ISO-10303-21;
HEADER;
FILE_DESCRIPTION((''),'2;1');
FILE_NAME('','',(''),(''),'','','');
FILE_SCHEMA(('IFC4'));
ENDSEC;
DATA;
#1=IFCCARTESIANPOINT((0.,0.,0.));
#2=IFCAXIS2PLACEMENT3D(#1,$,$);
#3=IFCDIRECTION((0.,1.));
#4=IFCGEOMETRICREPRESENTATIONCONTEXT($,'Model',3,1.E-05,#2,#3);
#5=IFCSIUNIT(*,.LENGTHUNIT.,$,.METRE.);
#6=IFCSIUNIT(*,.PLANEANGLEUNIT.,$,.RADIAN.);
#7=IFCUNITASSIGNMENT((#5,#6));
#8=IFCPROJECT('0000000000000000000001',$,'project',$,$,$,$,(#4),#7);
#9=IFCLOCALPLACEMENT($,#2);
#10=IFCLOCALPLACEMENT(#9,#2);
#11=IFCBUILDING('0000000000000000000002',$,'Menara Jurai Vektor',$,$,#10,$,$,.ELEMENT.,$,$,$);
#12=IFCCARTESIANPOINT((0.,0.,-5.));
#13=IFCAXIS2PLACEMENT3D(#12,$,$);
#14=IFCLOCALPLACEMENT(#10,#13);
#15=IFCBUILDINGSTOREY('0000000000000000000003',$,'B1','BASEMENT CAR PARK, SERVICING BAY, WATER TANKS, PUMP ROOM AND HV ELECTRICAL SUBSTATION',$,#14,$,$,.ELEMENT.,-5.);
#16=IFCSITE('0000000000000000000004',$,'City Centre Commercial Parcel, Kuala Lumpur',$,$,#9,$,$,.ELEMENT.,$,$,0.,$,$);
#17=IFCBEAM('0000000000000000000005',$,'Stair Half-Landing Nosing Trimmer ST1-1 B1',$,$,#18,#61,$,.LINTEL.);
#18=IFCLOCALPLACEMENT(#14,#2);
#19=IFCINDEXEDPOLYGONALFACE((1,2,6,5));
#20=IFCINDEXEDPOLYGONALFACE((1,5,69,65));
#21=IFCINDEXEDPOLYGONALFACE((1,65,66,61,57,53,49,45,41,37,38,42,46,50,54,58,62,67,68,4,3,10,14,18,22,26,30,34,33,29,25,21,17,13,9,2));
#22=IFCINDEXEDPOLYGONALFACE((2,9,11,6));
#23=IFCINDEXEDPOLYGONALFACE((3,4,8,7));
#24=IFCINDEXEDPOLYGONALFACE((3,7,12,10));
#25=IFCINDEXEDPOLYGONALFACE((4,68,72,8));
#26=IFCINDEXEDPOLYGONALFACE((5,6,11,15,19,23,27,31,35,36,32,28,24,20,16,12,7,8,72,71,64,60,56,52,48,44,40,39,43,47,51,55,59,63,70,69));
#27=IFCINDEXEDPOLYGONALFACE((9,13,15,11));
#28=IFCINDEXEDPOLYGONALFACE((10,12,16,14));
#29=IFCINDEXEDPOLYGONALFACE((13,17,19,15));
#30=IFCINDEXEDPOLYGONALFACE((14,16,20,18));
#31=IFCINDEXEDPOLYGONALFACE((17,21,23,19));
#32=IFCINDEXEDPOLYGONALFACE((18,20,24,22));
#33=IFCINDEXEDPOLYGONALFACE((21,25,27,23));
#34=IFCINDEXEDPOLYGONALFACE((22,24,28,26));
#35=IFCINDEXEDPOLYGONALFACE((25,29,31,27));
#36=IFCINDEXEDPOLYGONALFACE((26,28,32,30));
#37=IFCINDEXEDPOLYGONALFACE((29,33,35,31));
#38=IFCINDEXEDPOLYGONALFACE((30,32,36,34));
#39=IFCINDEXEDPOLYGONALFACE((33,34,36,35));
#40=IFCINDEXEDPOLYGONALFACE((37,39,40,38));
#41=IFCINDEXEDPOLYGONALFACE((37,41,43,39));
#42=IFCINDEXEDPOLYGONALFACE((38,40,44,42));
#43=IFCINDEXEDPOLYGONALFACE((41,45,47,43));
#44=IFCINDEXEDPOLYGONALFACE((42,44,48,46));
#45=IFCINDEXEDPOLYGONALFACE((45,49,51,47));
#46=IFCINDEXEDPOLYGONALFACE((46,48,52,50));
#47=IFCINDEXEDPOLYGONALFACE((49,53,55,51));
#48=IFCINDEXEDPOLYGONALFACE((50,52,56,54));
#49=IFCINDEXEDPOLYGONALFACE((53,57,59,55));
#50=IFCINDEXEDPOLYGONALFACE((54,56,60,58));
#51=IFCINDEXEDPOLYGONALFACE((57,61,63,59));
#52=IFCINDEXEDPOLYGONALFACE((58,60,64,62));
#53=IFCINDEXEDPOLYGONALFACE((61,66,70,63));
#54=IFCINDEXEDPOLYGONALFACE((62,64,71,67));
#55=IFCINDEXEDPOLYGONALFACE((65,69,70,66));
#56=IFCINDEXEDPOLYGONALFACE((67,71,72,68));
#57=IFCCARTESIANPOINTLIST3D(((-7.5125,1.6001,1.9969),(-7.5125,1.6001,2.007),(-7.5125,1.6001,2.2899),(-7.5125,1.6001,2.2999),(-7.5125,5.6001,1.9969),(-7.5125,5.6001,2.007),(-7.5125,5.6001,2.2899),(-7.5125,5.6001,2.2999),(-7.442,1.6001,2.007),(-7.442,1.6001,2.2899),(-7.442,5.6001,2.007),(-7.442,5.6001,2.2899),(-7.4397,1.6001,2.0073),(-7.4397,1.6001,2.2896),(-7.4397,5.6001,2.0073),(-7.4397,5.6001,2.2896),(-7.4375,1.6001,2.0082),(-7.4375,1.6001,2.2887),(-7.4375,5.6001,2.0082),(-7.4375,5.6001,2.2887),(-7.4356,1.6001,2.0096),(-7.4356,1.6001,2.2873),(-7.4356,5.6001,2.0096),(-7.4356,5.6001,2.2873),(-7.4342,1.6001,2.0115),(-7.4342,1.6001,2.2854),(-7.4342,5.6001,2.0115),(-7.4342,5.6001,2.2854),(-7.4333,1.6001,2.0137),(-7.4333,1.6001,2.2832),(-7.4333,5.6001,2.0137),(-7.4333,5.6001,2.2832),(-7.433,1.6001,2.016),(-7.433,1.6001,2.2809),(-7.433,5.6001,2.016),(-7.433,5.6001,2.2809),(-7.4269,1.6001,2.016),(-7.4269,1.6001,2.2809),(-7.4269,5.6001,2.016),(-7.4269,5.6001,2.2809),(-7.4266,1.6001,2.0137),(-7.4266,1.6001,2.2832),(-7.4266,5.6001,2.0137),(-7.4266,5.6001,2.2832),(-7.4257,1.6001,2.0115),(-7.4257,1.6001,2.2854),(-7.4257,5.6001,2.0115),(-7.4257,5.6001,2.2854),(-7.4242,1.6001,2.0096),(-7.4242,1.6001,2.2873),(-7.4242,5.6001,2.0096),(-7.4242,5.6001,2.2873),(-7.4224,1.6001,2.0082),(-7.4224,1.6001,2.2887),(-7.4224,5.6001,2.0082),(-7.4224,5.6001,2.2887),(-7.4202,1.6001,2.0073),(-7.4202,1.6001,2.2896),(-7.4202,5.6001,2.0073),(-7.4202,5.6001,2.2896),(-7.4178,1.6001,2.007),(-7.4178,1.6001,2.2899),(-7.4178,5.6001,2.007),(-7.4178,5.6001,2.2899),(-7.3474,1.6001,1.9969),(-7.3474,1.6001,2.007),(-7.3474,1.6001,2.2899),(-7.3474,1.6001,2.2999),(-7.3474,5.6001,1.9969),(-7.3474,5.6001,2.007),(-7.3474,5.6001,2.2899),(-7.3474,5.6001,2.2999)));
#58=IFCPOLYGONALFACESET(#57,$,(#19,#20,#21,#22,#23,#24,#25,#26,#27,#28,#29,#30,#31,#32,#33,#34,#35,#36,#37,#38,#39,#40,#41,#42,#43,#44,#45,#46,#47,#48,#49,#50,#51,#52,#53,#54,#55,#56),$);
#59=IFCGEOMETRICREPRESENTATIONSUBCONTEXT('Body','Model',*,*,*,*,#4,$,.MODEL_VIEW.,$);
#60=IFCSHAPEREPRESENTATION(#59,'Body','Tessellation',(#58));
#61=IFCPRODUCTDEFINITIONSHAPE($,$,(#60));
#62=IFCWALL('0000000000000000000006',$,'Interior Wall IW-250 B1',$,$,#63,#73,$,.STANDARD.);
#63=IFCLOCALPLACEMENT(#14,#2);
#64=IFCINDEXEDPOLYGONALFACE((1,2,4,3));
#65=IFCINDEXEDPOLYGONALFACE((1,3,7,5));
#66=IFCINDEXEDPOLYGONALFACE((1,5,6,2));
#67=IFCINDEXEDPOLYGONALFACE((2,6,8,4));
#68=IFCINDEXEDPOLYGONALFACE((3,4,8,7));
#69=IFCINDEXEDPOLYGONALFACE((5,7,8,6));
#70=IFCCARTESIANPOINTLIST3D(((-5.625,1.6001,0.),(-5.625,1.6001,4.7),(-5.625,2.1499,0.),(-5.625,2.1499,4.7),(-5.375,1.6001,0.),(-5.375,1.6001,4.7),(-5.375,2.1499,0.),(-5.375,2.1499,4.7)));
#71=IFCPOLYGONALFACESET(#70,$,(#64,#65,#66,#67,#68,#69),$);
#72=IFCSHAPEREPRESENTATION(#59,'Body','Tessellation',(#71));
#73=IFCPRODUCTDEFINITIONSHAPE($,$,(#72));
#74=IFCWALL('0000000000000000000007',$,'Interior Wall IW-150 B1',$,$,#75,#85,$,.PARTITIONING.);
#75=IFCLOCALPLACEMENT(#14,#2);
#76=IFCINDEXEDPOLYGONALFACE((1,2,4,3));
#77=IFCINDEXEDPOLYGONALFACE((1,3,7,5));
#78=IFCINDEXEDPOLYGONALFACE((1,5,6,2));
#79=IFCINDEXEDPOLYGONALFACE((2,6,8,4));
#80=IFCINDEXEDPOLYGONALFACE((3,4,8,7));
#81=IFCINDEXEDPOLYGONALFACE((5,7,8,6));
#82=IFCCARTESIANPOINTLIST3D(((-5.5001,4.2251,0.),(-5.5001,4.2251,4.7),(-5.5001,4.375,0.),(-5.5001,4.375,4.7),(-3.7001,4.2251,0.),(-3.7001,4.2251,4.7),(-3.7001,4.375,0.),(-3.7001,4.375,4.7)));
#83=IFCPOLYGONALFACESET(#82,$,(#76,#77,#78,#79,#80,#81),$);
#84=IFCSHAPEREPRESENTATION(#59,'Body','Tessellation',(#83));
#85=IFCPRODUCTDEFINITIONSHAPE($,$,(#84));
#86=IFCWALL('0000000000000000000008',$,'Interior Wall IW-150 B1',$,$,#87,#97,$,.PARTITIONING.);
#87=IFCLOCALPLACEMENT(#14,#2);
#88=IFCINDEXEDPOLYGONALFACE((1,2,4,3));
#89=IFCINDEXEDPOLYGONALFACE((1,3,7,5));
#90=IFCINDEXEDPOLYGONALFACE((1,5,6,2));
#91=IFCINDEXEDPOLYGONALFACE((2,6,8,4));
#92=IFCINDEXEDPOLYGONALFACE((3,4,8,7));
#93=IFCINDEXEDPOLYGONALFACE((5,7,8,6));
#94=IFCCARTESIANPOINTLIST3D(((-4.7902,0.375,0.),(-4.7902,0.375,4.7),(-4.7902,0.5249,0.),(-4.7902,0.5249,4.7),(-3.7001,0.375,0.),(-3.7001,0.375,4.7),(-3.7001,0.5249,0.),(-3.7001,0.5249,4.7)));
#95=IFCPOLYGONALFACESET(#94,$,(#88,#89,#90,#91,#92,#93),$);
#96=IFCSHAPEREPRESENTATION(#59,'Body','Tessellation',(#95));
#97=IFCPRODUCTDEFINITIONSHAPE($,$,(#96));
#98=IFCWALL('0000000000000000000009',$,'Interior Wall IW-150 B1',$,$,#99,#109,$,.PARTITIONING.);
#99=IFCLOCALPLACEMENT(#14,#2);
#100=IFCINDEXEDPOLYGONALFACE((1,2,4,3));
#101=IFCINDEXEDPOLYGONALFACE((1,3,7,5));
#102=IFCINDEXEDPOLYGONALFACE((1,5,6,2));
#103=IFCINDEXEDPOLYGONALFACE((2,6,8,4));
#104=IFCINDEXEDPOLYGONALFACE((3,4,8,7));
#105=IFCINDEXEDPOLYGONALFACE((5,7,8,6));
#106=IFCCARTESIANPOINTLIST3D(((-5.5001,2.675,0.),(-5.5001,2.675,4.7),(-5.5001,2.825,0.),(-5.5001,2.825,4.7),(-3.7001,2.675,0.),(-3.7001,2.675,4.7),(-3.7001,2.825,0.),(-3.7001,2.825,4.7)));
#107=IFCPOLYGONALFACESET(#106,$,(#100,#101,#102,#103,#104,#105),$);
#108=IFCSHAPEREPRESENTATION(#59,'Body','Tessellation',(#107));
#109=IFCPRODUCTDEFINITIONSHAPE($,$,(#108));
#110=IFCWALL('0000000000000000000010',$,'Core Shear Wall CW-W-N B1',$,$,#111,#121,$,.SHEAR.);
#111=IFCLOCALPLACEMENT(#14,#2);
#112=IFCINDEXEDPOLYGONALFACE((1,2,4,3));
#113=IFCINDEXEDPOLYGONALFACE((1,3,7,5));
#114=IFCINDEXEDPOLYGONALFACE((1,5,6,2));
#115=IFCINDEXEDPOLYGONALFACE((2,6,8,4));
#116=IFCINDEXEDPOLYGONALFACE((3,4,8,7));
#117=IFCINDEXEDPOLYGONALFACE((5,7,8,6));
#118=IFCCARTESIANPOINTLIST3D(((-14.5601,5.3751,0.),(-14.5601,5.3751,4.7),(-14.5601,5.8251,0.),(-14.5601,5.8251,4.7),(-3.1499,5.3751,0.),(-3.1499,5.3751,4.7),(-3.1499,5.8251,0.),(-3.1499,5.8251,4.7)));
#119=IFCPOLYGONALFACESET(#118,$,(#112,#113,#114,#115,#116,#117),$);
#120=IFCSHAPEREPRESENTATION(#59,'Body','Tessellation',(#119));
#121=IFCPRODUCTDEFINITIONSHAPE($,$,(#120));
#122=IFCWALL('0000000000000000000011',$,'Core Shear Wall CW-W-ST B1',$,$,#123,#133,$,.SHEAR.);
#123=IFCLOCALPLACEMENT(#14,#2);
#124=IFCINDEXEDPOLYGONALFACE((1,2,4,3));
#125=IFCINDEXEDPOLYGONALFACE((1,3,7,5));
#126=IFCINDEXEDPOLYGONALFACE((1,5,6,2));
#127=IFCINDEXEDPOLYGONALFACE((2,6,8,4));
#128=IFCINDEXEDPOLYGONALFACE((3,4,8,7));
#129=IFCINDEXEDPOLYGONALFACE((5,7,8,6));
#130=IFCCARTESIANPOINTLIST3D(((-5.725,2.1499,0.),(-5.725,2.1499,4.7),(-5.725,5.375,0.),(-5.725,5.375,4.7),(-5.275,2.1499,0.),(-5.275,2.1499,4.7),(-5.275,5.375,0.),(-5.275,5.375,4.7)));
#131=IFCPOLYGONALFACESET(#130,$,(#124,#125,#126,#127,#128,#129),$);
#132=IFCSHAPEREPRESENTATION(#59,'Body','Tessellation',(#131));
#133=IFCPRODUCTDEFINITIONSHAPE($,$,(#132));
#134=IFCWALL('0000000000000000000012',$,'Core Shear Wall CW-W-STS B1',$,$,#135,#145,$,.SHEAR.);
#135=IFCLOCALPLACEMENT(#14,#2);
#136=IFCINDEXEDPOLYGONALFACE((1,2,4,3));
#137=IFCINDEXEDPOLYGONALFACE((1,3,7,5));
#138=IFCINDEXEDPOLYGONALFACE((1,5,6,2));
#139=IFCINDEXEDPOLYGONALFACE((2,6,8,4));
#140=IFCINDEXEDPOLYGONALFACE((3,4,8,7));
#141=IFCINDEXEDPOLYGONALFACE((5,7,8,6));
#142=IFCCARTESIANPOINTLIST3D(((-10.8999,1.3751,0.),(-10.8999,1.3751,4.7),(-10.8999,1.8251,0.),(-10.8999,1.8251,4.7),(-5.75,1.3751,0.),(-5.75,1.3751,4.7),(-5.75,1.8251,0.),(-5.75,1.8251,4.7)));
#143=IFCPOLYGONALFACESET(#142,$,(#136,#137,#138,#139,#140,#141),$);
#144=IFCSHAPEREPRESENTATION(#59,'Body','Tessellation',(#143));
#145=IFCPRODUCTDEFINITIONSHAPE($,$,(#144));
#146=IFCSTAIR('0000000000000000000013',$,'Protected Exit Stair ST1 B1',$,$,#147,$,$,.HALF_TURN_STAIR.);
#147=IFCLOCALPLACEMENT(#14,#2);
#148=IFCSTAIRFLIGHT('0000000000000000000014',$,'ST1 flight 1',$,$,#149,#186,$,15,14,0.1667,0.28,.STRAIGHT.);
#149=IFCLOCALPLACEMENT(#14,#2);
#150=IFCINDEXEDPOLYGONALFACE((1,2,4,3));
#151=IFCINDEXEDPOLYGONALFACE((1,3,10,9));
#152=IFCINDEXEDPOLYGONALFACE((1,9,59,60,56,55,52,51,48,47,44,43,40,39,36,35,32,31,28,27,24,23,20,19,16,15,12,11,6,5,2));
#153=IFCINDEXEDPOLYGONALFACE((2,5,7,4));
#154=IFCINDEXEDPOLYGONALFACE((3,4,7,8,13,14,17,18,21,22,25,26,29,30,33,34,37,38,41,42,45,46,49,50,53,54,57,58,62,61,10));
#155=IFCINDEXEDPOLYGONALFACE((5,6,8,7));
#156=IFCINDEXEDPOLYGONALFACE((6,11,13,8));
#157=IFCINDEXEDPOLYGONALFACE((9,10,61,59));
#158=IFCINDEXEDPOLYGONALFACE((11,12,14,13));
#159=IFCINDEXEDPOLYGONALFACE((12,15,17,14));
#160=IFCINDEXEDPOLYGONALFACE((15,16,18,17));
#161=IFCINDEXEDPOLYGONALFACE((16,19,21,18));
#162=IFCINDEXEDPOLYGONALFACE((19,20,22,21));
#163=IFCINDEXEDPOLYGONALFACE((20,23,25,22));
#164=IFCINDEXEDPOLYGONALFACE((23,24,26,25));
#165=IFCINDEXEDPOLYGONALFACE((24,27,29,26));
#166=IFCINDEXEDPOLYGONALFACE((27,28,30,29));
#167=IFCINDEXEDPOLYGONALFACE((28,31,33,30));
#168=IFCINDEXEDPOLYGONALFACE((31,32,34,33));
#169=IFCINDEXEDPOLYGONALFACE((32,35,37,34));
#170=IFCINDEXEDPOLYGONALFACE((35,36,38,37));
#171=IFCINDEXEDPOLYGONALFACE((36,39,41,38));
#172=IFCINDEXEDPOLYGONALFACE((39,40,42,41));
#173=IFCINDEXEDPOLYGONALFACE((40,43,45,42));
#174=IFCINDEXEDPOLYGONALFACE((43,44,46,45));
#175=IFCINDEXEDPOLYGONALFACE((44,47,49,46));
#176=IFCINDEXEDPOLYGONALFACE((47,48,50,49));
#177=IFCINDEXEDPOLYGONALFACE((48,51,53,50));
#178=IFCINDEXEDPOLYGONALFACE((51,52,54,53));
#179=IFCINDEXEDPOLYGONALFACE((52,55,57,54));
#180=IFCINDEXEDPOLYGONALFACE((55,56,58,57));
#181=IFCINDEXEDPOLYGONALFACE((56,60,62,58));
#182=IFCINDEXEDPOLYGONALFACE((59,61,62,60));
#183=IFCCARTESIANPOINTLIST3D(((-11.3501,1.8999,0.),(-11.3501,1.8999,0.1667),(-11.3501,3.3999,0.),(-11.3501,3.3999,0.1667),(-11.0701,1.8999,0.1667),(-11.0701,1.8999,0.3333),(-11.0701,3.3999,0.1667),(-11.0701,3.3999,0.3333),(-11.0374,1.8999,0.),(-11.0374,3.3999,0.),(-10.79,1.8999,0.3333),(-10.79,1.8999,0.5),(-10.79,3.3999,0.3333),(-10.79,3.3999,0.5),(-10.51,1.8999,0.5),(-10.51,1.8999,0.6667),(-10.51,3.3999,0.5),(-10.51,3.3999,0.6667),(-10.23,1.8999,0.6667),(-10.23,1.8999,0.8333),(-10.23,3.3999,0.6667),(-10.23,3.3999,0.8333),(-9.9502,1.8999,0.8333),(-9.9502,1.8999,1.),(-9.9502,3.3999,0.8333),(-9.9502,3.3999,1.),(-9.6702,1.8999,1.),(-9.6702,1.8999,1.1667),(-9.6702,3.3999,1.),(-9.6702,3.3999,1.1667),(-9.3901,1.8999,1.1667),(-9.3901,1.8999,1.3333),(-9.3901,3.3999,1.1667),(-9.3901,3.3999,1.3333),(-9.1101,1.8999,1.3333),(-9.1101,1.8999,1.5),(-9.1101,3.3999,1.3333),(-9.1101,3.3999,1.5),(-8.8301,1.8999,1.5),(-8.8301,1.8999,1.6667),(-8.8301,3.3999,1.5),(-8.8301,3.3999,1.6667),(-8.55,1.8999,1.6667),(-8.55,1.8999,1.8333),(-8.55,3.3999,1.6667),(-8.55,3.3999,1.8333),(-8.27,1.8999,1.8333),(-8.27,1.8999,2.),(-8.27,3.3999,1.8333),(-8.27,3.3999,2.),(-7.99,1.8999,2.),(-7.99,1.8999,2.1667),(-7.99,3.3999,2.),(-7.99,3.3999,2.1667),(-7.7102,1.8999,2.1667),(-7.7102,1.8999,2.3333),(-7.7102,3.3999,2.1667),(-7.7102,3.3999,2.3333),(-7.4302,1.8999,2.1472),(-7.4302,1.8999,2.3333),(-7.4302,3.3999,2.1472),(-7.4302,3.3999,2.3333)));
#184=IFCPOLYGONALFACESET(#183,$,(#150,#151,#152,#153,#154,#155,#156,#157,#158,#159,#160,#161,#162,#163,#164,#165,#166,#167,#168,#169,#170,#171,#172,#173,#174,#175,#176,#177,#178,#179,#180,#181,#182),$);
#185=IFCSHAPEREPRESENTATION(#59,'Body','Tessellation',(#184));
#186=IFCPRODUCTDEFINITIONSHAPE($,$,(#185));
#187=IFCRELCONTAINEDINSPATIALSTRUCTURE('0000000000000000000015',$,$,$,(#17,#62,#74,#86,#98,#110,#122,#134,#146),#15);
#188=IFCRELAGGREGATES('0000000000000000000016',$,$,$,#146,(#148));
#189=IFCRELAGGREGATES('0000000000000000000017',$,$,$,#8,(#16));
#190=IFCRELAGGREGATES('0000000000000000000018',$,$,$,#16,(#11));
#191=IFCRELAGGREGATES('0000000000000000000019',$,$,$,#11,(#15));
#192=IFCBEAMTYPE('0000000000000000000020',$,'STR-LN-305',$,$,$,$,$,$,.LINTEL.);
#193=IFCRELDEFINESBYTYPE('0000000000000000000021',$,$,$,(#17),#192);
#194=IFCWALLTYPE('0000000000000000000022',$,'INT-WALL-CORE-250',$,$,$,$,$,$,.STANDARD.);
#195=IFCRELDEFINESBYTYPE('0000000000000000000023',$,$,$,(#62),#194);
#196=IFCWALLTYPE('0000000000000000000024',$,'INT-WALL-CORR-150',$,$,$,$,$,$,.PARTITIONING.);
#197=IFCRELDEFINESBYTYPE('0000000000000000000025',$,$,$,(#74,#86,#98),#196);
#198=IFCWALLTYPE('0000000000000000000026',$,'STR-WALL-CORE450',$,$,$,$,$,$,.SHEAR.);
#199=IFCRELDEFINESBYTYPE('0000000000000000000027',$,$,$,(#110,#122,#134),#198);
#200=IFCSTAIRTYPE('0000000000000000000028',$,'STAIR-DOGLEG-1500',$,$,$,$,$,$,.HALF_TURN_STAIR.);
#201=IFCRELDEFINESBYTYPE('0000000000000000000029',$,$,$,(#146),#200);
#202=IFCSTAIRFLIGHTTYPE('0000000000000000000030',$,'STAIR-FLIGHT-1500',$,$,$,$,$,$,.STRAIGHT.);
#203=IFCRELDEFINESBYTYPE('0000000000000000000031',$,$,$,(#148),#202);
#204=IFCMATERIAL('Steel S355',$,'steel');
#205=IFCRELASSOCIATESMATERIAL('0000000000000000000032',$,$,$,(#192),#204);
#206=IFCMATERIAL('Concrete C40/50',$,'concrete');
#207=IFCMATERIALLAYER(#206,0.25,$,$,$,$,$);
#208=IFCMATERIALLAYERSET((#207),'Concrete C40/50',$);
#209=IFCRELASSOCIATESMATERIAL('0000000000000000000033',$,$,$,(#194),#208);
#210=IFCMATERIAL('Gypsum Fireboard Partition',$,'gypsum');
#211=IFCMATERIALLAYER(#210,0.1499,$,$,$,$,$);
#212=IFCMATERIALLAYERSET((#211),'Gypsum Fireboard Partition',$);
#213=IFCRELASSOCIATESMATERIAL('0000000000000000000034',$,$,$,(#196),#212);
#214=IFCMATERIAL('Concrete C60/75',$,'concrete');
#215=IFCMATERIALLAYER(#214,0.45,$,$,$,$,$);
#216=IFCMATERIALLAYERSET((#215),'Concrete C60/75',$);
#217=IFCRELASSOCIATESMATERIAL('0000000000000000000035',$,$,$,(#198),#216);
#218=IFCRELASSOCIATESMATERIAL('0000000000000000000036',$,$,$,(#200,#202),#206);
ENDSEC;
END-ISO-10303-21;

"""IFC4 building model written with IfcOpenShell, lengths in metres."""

from ifc_helpers import new_model, si_unit, direction, frame, frame_2d, origin, origin_2d, place, context, subcontext, project, spatial, polyline, rectangle, i_section, outline, extrude, material, layer, layer_set, material_profile, profile_set, type_object, element, aggregate, save


model = new_model("IFC4")

# Units and contexts
model_context = context("Model", 3, precision=1e-05, world=origin(), true_north=direction((0.0, 1.0)))
body_context = subcontext(model_context, "Body", "Model", "MODEL_VIEW")
ifc_project = project(units=[si_unit("LENGTHUNIT", "METRE"), si_unit("PLANEANGLEUNIT", "RADIAN")], contexts=[model_context])

# Site, building, storey
site_placement = place(None, origin())
site = spatial("IfcSite", under=ifc_project, at=site_placement, Name="City Centre Commercial Parcel, Kuala Lumpur", CompositionType="ELEMENT", RefElevation=0.0)
building_placement = place(site_placement, origin())
building = spatial("IfcBuilding", under=site, at=building_placement, Name="Menara Jurai Vektor", CompositionType="ELEMENT")
storey_placement = place(building_placement, frame((0.0, 0.0, -5.0)))
storey = spatial("IfcBuildingStorey", under=building, at=storey_placement, Name="B1", Description="BASEMENT CAR PARK, SERVICING BAY, WATER TANKS, PUMP ROOM AND HV ELECTRICAL SUBSTATION", CompositionType="ELEMENT", Elevation=-5.0)

# Shared definitions
ifc_material_1 = material(Name="Steel S355", Category="steel")
ifc_material_2 = material(Name="Concrete C60/75", Category="concrete")

# Beam
ifc_material_profile_1 = material_profile(ifc_material_1, i_section(OverallWidth=0.165, OverallDepth=0.303, WebThickness=0.0061, FlangeThickness=0.01, FilletRadius=0.009, at=origin_2d()), Name="UKB 305x165x40")
ifc_profile_set_1 = profile_set([ifc_material_profile_1], Name="Steel S355")
beam_type = type_object("IfcBeamType", Name="STR-LN-305", PredefinedType="LINTEL", material=ifc_profile_set_1)
beam_placement = place(storey_placement, frame((-7.4299, 1.6001, 2.1484), z_axis=(0.0, 1.0, 0.0), x_axis=(-1.0, 0.0, 0.0)))
element("IfcBeam", 1, at=beam_placement, inside=storey, type_object=beam_type, Name="Stair Half-Landing Nosing Trimmer ST1-1 B1", PredefinedType="LINTEL", context=body_context, shape_type="SweptSolid", body=[
    extrude(i_section(OverallWidth=0.165, OverallDepth=0.303, WebThickness=0.0061, FlangeThickness=0.01, FilletRadius=0.009, at=origin_2d()), origin(), (0.0, 0.0, 1.0), 4.0),
])

# Shared definitions
ifc_material_3 = material(Name="Concrete C40/50", Category="concrete")
ifc_layer_1 = layer(ifc_material_3, 0.25)
ifc_layer_set_1 = layer_set([ifc_layer_1], Name="Concrete C40/50")
wall_type_1 = type_object("IfcWallType", Name="INT-WALL-CORE-250", PredefinedType="STANDARD", material=ifc_layer_set_1)

# Walls
wall_1_placement = place(storey_placement, frame((-5.5, 1.6001, 0.0), z_axis=(0.0, 0.0, 1.0), x_axis=(0.0, 1.0, 0.0)))
element("IfcWall", 2, at=wall_1_placement, inside=storey, type_object=wall_type_1, Name="Interior Wall IW-250 B1", PredefinedType="STANDARD", context=body_context, shape_type="SweptSolid", body=[
    extrude(rectangle(XDim=0.5498, YDim=0.25, at=frame_2d((0.2749, 0.0))), origin(), (0.0, 0.0, 1.0), 4.7),
])
ifc_material_4 = material(Name="Gypsum Fireboard Partition", Category="gypsum")
ifc_layer_2 = layer(ifc_material_4, 0.1499)
ifc_layer_set_2 = layer_set([ifc_layer_2], Name="Gypsum Fireboard Partition")
wall_type_2 = type_object("IfcWallType", Name="INT-WALL-CORR-150", PredefinedType="PARTITIONING", material=ifc_layer_set_2)
wall_2_placement = place(storey_placement, frame((-5.5, 4.3, 0.0), z_axis=(0.0, 0.0, 1.0), x_axis=(1.0, 0.0, 0.0)))
element("IfcWall", 3, at=wall_2_placement, inside=storey, type_object=wall_type_2, Name="Interior Wall IW-150 B1", PredefinedType="PARTITIONING", context=body_context, shape_type="SweptSolid", body=[
    extrude(rectangle(XDim=1.8, YDim=0.1499, at=frame_2d((0.8999, 0.0))), origin(), (0.0, 0.0, 1.0), 4.7),
])
wall_3_placement = place(storey_placement, frame((-4.79, 0.45, 0.0), z_axis=(0.0, 0.0, 1.0), x_axis=(1.0, 0.0, 0.0)))
element("IfcWall", 4, at=wall_3_placement, inside=storey, type_object=wall_type_2, Name="Interior Wall IW-150 B1", PredefinedType="PARTITIONING", context=body_context, shape_type="SweptSolid", body=[
    extrude(rectangle(XDim=1.0901, YDim=0.1499, at=frame_2d((0.5449, 0.0))), origin(), (0.0, 0.0, 1.0), 4.7),
])
wall_4_placement = place(storey_placement, frame((-5.5, 2.75, 0.0), z_axis=(0.0, 0.0, 1.0), x_axis=(1.0, 0.0, 0.0)))
element("IfcWall", 5, at=wall_4_placement, inside=storey, type_object=wall_type_2, Name="Interior Wall IW-150 B1", PredefinedType="PARTITIONING", context=body_context, shape_type="SweptSolid", body=[
    extrude(rectangle(XDim=1.8, YDim=0.1499, at=frame_2d((0.8999, 0.0))), origin(), (0.0, 0.0, 1.0), 4.7),
])
ifc_layer_3 = layer(ifc_material_2, 0.45)
ifc_layer_set_3 = layer_set([ifc_layer_3], Name="Concrete C60/75")
wall_type_3 = type_object("IfcWallType", Name="STR-WALL-CORE450", PredefinedType="SHEAR", material=ifc_layer_set_3)
wall_5_placement = place(storey_placement, frame((-14.5601, 5.6001, 0.0), z_axis=(0.0, 0.0, 1.0), x_axis=(1.0, 0.0, 0.0)))
element("IfcWall", 6, at=wall_5_placement, inside=storey, type_object=wall_type_3, Name="Core Shear Wall CW-W-N B1", PredefinedType="SHEAR", context=body_context, shape_type="SweptSolid", body=[
    extrude(rectangle(XDim=11.4102, YDim=0.45, at=frame_2d((5.7051, 0.0))), origin(), (0.0, 0.0, 1.0), 4.7),
])
wall_6_placement = place(storey_placement, frame((-5.5, 2.1499, 0.0), z_axis=(0.0, 0.0, 1.0), x_axis=(0.0, 1.0, 0.0)))
element("IfcWall", 7, at=wall_6_placement, inside=storey, type_object=wall_type_3, Name="Core Shear Wall CW-W-ST B1", PredefinedType="SHEAR", context=body_context, shape_type="SweptSolid", body=[
    extrude(rectangle(XDim=3.2251, YDim=0.45, at=frame_2d((1.6125, 0.0))), origin(), (0.0, 0.0, 1.0), 4.7),
])
wall_7_placement = place(storey_placement, frame((-10.8999, 1.6001, 0.0), z_axis=(0.0, 0.0, 1.0), x_axis=(1.0, 0.0, 0.0)))
element("IfcWall", 8, at=wall_7_placement, inside=storey, type_object=wall_type_3, Name="Core Shear Wall CW-W-STS B1", PredefinedType="SHEAR", context=body_context, shape_type="SweptSolid", body=[
    extrude(rectangle(XDim=5.1499, YDim=0.45, at=frame_2d((2.575, 0.0))), origin(), (0.0, 0.0, 1.0), 4.7),
])

# Stair, stair flight
stair_type = type_object("IfcStairType", Name="STAIR-DOGLEG-1500", PredefinedType="HALF_TURN_STAIR", material=ifc_material_3)
stair_placement = place(storey_placement, origin())
stair = element("IfcStair", 9, at=stair_placement, inside=storey, type_object=stair_type, Name="Protected Exit Stair ST1 B1", PredefinedType="HALF_TURN_STAIR")
stair_flight_type = type_object("IfcStairFlightType", Name="STAIR-FLIGHT-1500", PredefinedType="STRAIGHT", material=ifc_material_3)
stair_flight_1_placement = place(storey_placement, frame((-11.3501, 2.6499, 0.0), z_axis=(0.0, 0.0, 1.0), x_axis=(1.0, 0.0, 0.0)))
stair_flight_1 = element("IfcStairFlight", 10, at=stair_flight_1_placement, type_object=stair_flight_type, Name="ST1 flight 1", NumberOfRisers=15, NumberOfTreads=14, PredefinedType="STRAIGHT", RiserHeight=0.1667, TreadLength=0.28, context=body_context, shape_type="SweptSolid", body=[
    extrude(outline(polyline([(0.0, 0.0), (0.0, 0.1667), (0.28, 0.1667), (0.28, 0.3333), (0.5601, 0.3333), (0.5601, 0.5), (0.8401, 0.5), (0.8401, 0.6667), (1.1201, 0.6667), (1.1201, 0.8333), (1.3999, 0.8333), (1.3999, 1.0), (1.6799, 1.0), (1.6799, 1.1667), (1.96, 1.1667), (1.96, 1.3333), (2.24, 1.3333), (2.24, 1.5), (2.52, 1.5), (2.52, 1.6667), (2.8, 1.6667), (2.8, 1.8333), (3.0801, 1.8333), (3.0801, 2.0), (3.3601, 2.0), (3.3601, 2.1667), (3.6399, 2.1667), (3.6399, 2.3333), (3.9199, 2.3333), (3.9199, 2.5), (3.9199, 2.1472), (0.3127, 0.0), (0.0, 0.0)])), frame((0.0, 0.75, 0.0), z_axis=(0.0, -1.0, 0.0), x_axis=(1.0, 0.0, 0.0)), (0.0, 0.0, 1.0), 1.5),
])
aggregate(stair, [stair_flight_1])

save(model, "model.ifc")
